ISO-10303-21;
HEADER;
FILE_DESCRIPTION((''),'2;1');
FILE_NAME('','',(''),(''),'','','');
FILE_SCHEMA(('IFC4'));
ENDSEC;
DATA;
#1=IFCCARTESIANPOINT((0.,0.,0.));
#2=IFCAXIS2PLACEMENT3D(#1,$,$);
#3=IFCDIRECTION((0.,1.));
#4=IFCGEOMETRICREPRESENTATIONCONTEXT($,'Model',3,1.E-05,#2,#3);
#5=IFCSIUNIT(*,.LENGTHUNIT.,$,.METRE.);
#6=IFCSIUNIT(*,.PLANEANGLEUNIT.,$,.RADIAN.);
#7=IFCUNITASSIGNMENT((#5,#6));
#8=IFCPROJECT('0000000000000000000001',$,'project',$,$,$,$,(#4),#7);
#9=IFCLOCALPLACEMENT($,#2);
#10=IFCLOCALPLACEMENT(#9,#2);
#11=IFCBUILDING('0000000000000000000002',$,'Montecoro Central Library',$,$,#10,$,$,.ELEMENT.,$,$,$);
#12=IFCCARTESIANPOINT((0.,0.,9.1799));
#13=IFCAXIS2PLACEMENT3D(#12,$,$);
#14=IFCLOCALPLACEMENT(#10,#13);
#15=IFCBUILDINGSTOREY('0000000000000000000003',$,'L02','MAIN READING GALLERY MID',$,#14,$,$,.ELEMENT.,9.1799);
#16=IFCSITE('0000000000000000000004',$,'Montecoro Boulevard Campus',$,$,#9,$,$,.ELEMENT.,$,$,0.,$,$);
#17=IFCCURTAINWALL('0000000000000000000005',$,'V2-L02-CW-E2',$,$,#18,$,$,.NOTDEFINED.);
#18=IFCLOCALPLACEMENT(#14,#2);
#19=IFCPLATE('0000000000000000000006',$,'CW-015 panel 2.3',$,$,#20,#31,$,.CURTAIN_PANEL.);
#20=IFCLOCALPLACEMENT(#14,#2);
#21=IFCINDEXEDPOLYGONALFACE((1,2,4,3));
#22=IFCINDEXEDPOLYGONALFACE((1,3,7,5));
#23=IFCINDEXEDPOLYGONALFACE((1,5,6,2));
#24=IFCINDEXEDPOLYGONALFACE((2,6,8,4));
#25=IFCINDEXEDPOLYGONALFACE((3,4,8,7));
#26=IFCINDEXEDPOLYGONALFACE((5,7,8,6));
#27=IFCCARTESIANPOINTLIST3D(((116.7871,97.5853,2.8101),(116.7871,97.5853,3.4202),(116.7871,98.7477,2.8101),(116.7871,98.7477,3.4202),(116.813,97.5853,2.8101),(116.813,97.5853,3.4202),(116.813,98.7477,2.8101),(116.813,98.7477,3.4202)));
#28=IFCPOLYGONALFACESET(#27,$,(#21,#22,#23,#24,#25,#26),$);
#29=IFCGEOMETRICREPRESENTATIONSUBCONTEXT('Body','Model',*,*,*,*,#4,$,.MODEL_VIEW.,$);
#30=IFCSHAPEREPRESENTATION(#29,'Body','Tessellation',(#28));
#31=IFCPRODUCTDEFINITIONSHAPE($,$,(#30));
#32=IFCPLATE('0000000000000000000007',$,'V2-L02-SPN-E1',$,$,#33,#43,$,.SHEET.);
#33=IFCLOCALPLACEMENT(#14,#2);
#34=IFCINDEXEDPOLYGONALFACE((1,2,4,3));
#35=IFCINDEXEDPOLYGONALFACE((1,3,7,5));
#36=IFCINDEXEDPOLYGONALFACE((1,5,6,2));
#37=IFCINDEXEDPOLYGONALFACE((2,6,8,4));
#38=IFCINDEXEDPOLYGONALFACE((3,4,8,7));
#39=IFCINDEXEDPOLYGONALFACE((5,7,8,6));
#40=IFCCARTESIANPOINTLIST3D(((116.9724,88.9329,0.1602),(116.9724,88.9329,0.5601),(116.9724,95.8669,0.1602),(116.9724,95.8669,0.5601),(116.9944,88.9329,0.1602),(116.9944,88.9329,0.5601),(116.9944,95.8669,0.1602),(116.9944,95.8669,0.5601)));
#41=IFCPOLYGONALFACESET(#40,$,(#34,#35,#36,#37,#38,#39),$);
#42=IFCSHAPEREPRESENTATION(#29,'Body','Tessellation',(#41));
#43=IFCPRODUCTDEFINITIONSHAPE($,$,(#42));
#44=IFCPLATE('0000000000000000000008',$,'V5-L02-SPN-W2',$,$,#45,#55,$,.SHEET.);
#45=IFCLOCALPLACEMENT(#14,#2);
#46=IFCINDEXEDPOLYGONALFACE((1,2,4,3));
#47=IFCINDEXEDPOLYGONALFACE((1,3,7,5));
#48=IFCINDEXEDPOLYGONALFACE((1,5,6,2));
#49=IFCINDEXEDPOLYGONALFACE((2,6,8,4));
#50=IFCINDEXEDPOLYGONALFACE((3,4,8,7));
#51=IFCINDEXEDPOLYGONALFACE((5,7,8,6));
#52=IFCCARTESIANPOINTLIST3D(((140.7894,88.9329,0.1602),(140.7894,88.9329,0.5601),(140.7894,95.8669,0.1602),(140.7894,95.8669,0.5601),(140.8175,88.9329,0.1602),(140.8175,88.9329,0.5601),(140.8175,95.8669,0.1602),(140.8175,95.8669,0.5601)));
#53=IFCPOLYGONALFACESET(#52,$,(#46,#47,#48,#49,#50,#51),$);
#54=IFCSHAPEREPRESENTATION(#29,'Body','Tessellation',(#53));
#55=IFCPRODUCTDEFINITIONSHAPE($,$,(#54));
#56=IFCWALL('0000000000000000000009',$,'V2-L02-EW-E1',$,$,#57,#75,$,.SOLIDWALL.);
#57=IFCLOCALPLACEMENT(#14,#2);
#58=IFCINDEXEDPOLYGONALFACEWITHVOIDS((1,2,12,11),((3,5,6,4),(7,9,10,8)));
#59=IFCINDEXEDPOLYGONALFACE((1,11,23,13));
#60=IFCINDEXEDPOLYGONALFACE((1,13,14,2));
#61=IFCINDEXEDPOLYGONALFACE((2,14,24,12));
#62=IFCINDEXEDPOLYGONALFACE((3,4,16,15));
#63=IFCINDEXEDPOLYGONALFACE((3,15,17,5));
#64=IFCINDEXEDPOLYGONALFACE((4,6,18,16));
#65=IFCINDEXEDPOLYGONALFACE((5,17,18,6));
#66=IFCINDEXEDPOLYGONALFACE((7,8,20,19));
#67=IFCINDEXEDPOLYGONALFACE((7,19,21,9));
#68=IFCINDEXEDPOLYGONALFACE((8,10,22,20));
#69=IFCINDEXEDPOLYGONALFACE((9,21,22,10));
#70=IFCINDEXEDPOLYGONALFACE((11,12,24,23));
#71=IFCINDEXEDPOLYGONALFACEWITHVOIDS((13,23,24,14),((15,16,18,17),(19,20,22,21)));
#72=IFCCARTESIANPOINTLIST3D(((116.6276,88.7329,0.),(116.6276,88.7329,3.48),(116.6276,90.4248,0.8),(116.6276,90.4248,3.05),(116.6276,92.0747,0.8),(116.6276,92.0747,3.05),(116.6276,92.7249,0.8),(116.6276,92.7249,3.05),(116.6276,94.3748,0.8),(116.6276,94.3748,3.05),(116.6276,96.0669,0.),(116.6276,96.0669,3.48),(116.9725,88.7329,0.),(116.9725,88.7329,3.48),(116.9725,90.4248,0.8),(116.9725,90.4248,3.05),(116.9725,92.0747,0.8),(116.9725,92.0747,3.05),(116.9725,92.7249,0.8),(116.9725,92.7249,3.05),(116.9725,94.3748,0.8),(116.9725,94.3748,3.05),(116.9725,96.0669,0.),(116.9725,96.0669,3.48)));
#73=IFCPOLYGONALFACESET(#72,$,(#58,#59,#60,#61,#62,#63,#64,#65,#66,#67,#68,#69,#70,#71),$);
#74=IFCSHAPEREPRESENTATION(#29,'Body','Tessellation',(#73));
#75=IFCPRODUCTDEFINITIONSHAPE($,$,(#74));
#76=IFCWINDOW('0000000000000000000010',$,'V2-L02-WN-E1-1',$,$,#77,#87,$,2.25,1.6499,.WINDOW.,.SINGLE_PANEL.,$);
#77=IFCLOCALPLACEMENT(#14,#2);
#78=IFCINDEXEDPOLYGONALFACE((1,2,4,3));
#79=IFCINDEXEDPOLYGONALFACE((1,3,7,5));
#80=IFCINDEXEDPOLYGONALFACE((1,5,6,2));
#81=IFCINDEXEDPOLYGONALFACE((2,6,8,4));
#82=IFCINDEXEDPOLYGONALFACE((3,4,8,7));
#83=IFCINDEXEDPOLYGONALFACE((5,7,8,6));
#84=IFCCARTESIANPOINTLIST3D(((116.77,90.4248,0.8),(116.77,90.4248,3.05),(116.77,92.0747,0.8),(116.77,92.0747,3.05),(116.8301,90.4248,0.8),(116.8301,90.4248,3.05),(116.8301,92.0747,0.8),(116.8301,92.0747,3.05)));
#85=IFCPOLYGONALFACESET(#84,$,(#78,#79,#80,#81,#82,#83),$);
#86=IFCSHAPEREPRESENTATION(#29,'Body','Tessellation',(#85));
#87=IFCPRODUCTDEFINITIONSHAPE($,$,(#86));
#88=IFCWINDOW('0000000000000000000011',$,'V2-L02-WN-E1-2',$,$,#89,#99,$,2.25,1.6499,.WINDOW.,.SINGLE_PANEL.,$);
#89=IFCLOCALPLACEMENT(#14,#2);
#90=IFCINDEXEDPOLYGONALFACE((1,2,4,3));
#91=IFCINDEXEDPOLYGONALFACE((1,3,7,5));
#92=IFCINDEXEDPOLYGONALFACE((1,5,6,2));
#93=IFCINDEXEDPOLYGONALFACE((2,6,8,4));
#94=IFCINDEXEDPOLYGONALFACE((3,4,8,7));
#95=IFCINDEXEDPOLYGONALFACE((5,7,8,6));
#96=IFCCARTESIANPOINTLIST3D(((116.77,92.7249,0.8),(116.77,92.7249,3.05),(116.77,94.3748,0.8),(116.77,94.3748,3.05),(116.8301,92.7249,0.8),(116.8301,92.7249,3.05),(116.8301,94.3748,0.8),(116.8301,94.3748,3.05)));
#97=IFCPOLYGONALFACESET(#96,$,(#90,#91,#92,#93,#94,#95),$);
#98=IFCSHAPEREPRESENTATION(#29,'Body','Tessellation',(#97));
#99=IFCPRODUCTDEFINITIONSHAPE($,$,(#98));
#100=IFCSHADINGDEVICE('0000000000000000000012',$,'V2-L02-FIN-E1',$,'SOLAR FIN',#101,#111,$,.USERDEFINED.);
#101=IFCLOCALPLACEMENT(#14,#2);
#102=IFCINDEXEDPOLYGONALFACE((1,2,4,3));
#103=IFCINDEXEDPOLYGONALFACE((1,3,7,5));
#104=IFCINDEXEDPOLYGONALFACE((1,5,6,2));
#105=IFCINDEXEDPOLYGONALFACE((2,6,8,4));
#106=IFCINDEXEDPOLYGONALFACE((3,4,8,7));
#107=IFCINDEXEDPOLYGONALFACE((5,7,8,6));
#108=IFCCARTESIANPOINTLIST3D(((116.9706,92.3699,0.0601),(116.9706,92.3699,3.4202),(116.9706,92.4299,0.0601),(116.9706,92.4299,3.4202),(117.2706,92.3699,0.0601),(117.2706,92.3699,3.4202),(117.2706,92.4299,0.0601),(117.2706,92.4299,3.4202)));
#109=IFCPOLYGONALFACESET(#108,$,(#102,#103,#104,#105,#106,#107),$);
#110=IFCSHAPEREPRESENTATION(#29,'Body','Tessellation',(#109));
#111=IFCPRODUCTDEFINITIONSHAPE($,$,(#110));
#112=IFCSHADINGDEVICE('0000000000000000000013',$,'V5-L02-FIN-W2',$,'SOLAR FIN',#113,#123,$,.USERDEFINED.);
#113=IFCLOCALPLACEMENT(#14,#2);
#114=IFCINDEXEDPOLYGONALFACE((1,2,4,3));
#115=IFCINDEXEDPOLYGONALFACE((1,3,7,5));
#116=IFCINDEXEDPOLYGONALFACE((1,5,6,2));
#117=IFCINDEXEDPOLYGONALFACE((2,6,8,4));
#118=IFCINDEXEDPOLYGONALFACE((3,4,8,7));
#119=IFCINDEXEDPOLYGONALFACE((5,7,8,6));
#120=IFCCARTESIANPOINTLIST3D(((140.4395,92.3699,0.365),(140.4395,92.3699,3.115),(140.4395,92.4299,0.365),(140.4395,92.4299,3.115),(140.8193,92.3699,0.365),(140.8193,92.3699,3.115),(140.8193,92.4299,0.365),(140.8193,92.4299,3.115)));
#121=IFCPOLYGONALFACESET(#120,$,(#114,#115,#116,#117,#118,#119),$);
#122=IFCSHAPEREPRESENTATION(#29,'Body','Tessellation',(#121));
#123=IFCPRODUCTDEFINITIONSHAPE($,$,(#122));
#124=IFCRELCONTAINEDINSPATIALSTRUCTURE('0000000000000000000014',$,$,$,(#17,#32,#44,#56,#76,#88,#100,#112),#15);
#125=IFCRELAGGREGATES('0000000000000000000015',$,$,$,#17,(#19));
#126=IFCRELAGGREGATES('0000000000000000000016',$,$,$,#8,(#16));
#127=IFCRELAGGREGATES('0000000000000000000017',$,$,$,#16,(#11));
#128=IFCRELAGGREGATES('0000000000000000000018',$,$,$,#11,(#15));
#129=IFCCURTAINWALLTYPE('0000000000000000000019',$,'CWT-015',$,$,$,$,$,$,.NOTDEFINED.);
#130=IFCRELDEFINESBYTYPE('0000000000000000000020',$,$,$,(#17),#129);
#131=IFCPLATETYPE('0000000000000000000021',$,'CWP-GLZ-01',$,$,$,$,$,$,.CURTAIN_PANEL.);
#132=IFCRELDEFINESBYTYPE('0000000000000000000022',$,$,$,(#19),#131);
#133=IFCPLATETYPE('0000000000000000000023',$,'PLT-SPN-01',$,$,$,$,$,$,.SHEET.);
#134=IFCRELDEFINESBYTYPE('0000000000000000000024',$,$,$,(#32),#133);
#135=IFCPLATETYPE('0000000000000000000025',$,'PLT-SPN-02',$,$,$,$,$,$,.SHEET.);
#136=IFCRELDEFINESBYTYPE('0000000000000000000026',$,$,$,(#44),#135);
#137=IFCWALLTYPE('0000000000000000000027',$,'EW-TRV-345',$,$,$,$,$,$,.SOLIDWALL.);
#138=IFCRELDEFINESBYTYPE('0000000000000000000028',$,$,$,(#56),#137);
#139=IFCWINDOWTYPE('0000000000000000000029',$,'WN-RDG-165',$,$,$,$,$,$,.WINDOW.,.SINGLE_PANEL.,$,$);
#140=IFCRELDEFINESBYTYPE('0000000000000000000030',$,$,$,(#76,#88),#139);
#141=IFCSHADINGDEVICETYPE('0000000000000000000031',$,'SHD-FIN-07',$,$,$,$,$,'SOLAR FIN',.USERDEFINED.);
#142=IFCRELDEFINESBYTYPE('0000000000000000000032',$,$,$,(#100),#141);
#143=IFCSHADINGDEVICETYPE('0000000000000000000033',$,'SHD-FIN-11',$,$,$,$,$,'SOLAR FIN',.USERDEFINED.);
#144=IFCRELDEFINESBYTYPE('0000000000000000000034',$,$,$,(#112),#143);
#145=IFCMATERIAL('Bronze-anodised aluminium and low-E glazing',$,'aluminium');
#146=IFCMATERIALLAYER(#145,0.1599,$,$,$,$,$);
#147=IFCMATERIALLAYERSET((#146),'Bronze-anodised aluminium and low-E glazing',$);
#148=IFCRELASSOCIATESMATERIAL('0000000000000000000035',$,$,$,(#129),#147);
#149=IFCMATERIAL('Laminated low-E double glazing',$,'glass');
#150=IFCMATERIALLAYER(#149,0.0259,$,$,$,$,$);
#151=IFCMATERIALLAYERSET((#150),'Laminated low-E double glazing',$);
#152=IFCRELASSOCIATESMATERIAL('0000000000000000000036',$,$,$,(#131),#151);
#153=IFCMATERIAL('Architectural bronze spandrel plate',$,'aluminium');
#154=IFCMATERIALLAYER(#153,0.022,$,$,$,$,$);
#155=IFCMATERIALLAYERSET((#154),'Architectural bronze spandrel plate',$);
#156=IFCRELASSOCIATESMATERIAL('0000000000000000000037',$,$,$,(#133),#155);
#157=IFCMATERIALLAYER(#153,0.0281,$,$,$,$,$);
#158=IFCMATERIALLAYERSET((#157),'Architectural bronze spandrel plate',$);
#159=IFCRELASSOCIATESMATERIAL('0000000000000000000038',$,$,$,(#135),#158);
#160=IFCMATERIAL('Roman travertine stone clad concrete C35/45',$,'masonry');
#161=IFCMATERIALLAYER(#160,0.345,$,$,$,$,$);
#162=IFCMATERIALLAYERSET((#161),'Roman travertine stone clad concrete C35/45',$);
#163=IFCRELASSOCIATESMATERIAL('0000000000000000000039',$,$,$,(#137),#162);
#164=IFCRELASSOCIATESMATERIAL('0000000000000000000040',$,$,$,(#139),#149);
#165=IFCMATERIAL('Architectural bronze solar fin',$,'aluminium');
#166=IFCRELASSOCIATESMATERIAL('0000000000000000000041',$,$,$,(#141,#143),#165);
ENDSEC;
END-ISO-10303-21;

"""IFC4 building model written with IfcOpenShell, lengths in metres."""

from ifc_helpers import new_model, si_unit, direction, frame, frame_2d, origin, origin_2d, place, context, subcontext, project, spatial, rectangle, extrude, material, layer, layer_set, type_object, element, fill, aggregate, save


model = new_model("IFC4")

# Units and contexts
model_context = context("Model", 3, precision=1e-05, world=origin(), true_north=direction((0.0, 1.0)))
body_context = subcontext(model_context, "Body", "Model", "MODEL_VIEW")
ifc_project = project(units=[si_unit("LENGTHUNIT", "METRE"), si_unit("PLANEANGLEUNIT", "RADIAN")], contexts=[model_context])

# Site, building, storey
site_placement = place(None, origin())
site = spatial("IfcSite", under=ifc_project, at=site_placement, Name="Montecoro Boulevard Campus", CompositionType="ELEMENT", RefElevation=0.0)
building_placement = place(site_placement, origin())
building = spatial("IfcBuilding", under=site, at=building_placement, Name="Montecoro Central Library", CompositionType="ELEMENT")
storey_placement = place(building_placement, frame((0.0, 0.0, 9.1799)))
storey = spatial("IfcBuildingStorey", under=building, at=storey_placement, Name="L02", Description="MAIN READING GALLERY MID", CompositionType="ELEMENT", Elevation=9.1799)

# Shared definitions
ifc_material_1 = material(Name="Bronze-anodised aluminium and low-E glazing", Category="aluminium")
ifc_layer_1 = layer(ifc_material_1, 0.1599)
ifc_layer_set_1 = layer_set([ifc_layer_1], Name="Bronze-anodised aluminium and low-E glazing")
curtain_wall_type = type_object("IfcCurtainWallType", Name="CWT-015", PredefinedType="NOTDEFINED", material=ifc_layer_set_1)

# Curtain wall, plate
curtain_wall_1_placement = place(storey_placement, origin())
curtain_wall_1 = element("IfcCurtainWall", 1, at=curtain_wall_1_placement, inside=storey, type_object=curtain_wall_type, Name="V2-L02-CW-E2", PredefinedType="NOTDEFINED")
ifc_material_2 = material(Name="Laminated low-E double glazing", Category="glass")
ifc_layer_2 = layer(ifc_material_2, 0.0259)
ifc_layer_set_2 = layer_set([ifc_layer_2], Name="Laminated low-E double glazing")
plate_type_1 = type_object("IfcPlateType", Name="CWP-GLZ-01", PredefinedType="CURTAIN_PANEL", material=ifc_layer_set_2)
plate_1_placement = place(storey_placement, frame((116.8, 98.1665, 2.8101), z_axis=(0.0, 0.0, 1.0), x_axis=(0.0, 1.0, 0.0)))
plate_1 = element("IfcPlate", 2, at=plate_1_placement, type_object=plate_type_1, Name="CW-015 panel 2.3", PredefinedType="CURTAIN_PANEL", context=body_context, shape_type="SweptSolid", body=[
    extrude(rectangle(XDim=1.1624, YDim=0.0259, at=origin_2d()), origin(), (0.0, 0.0, 1.0), 0.6101),
])
aggregate(curtain_wall_1, [plate_1])

# Plates
ifc_material_3 = material(Name="Architectural bronze spandrel plate", Category="aluminium")
ifc_layer_3 = layer(ifc_material_3, 0.022)
ifc_layer_set_3 = layer_set([ifc_layer_3], Name="Architectural bronze spandrel plate")
plate_type_2 = type_object("IfcPlateType", Name="PLT-SPN-01", PredefinedType="SHEET", material=ifc_layer_set_3)
plate_2_placement = place(storey_placement, frame((116.9834, 92.3999, 0.1602), z_axis=(0.0, 0.0, 1.0), x_axis=(0.0, 1.0, 0.0)))
element("IfcPlate", 3, at=plate_2_placement, inside=storey, type_object=plate_type_2, Name="V2-L02-SPN-E1", PredefinedType="SHEET", context=body_context, shape_type="SweptSolid", body=[
    extrude(rectangle(XDim=6.9341, YDim=0.022, at=origin_2d()), origin(), (0.0, 0.0, 1.0), 0.3999),
])
ifc_layer_4 = layer(ifc_material_3, 0.0281)
ifc_layer_set_4 = layer_set([ifc_layer_4], Name="Architectural bronze spandrel plate")
plate_type_3 = type_object("IfcPlateType", Name="PLT-SPN-02", PredefinedType="SHEET", material=ifc_layer_set_4)
plate_3_placement = place(storey_placement, frame((140.8035, 92.3999, 0.1602), z_axis=(0.0, 0.0, 1.0), x_axis=(0.0, -1.0, 0.0)))
element("IfcPlate", 4, at=plate_3_placement, inside=storey, type_object=plate_type_3, Name="V5-L02-SPN-W2", PredefinedType="SHEET", context=body_context, shape_type="SweptSolid", body=[
    extrude(rectangle(XDim=6.9341, YDim=0.0281, at=origin_2d()), origin(), (0.0, 0.0, 1.0), 0.3999),
])

# Wall, openings, windows
ifc_material_4 = material(Name="Roman travertine stone clad concrete C35/45", Category="masonry")
ifc_layer_5 = layer(ifc_material_4, 0.345)
ifc_layer_set_5 = layer_set([ifc_layer_5], Name="Roman travertine stone clad concrete C35/45")
wall_type = type_object("IfcWallType", Name="EW-TRV-345", PredefinedType="SOLIDWALL", material=ifc_layer_set_5)
wall_placement = place(storey_placement, frame((116.8, 88.7329, 0.0), z_axis=(0.0, 0.0, 1.0), x_axis=(0.0, 1.0, 0.0)))
wall = element("IfcWall", 5, at=wall_placement, inside=storey, type_object=wall_type, Name="V2-L02-EW-E1", PredefinedType="SOLIDWALL", context=body_context, shape_type="SweptSolid", body=[
    extrude(rectangle(XDim=7.334, YDim=0.345, at=frame_2d((3.667, 0.0))), origin(), (0.0, 0.0, 1.0), 3.48),
])
opening_1_placement = place(wall_placement, frame((1.6919, 0.0, 0.8)))
opening_1 = element("IfcOpeningElement", 6, at=opening_1_placement, cuts=wall, PredefinedType="OPENING", context=body_context, shape_type="SweptSolid", body=[
    extrude(rectangle(XDim=1.6499, YDim=2.25, at=frame_2d((0.825, 1.125))), frame((0.0, 0.1824, 0.0), z_axis=(0.0, -1.0, 0.0), x_axis=(1.0, 0.0, 0.0)), (0.0, 0.0, 1.0), 0.365),
])
opening_2_placement = place(wall_placement, frame((3.9919, 0.0, 0.8)))
opening_2 = element("IfcOpeningElement", 7, at=opening_2_placement, cuts=wall, PredefinedType="OPENING", context=body_context, shape_type="SweptSolid", body=[
    extrude(rectangle(XDim=1.6499, YDim=2.25, at=frame_2d((0.825, 1.125))), frame((0.0, 0.1824, 0.0), z_axis=(0.0, -1.0, 0.0), x_axis=(1.0, 0.0, 0.0)), (0.0, 0.0, 1.0), 0.365),
])
window_type = type_object("IfcWindowType", Name="WN-RDG-165", PartitioningType="SINGLE_PANEL", PredefinedType="WINDOW", material=ifc_material_2)
window_1_placement = place(opening_1_placement, origin())
window_1 = element("IfcWindow", 8, at=window_1_placement, inside=storey, type_object=window_type, Name="V2-L02-WN-E1-1", OverallHeight=2.25, OverallWidth=1.6499, PartitioningType="SINGLE_PANEL", PredefinedType="WINDOW", context=body_context, shape_type="SweptSolid", body=[
    extrude(rectangle(XDim=1.6499, YDim=2.25, at=frame_2d((0.825, 1.125))), frame((0.0, 0.03, 0.0), z_axis=(0.0, -1.0, 0.0), x_axis=(1.0, 0.0, 0.0)), (0.0, 0.0, 1.0), 0.0601),
])
fill(opening_1, window_1)
window_2_placement = place(opening_2_placement, origin())
window_2 = element("IfcWindow", 9, at=window_2_placement, inside=storey, type_object=window_type, Name="V2-L02-WN-E1-2", OverallHeight=2.25, OverallWidth=1.6499, PartitioningType="SINGLE_PANEL", PredefinedType="WINDOW", context=body_context, shape_type="SweptSolid", body=[
    extrude(rectangle(XDim=1.6499, YDim=2.25, at=frame_2d((0.825, 1.125))), frame((0.0, 0.03, 0.0), z_axis=(0.0, -1.0, 0.0), x_axis=(1.0, 0.0, 0.0)), (0.0, 0.0, 1.0), 0.0601),
])
fill(opening_2, window_2)

# Shading devices
ifc_material_5 = material(Name="Architectural bronze solar fin", Category="aluminium")
shading_device_type_1 = type_object("IfcShadingDeviceType", Name="SHD-FIN-07", ElementType="SOLAR FIN", PredefinedType="USERDEFINED", material=ifc_material_5)
shading_device_1_placement = place(storey_placement, frame((117.1206, 92.3999, 0.0601), z_axis=(0.0, 0.0, 1.0), x_axis=(0.0, 1.0, 0.0)))
element("IfcShadingDevice", 10, at=shading_device_1_placement, inside=storey, type_object=shading_device_type_1, Name="V2-L02-FIN-E1", ObjectType="SOLAR FIN", PredefinedType="USERDEFINED", context=body_context, shape_type="SweptSolid", body=[
    extrude(rectangle(XDim=0.0601, YDim=0.3, at=origin_2d()), origin(), (0.0, 0.0, 1.0), 3.3601),
])
shading_device_type_2 = type_object("IfcShadingDeviceType", Name="SHD-FIN-11", ElementType="SOLAR FIN", PredefinedType="USERDEFINED", material=ifc_material_5)
shading_device_2_placement = place(storey_placement, frame((140.6294, 92.3999, 0.365), z_axis=(0.0, 0.0, 1.0), x_axis=(0.0, -1.0, 0.0)))
element("IfcShadingDevice", 11, at=shading_device_2_placement, inside=storey, type_object=shading_device_type_2, Name="V5-L02-FIN-W2", ObjectType="SOLAR FIN", PredefinedType="USERDEFINED", context=body_context, shape_type="SweptSolid", body=[
    extrude(rectangle(XDim=0.0601, YDim=0.3799, at=origin_2d()), origin(), (0.0, 0.0, 1.0), 2.75),
])

save(model, "model.ifc")
